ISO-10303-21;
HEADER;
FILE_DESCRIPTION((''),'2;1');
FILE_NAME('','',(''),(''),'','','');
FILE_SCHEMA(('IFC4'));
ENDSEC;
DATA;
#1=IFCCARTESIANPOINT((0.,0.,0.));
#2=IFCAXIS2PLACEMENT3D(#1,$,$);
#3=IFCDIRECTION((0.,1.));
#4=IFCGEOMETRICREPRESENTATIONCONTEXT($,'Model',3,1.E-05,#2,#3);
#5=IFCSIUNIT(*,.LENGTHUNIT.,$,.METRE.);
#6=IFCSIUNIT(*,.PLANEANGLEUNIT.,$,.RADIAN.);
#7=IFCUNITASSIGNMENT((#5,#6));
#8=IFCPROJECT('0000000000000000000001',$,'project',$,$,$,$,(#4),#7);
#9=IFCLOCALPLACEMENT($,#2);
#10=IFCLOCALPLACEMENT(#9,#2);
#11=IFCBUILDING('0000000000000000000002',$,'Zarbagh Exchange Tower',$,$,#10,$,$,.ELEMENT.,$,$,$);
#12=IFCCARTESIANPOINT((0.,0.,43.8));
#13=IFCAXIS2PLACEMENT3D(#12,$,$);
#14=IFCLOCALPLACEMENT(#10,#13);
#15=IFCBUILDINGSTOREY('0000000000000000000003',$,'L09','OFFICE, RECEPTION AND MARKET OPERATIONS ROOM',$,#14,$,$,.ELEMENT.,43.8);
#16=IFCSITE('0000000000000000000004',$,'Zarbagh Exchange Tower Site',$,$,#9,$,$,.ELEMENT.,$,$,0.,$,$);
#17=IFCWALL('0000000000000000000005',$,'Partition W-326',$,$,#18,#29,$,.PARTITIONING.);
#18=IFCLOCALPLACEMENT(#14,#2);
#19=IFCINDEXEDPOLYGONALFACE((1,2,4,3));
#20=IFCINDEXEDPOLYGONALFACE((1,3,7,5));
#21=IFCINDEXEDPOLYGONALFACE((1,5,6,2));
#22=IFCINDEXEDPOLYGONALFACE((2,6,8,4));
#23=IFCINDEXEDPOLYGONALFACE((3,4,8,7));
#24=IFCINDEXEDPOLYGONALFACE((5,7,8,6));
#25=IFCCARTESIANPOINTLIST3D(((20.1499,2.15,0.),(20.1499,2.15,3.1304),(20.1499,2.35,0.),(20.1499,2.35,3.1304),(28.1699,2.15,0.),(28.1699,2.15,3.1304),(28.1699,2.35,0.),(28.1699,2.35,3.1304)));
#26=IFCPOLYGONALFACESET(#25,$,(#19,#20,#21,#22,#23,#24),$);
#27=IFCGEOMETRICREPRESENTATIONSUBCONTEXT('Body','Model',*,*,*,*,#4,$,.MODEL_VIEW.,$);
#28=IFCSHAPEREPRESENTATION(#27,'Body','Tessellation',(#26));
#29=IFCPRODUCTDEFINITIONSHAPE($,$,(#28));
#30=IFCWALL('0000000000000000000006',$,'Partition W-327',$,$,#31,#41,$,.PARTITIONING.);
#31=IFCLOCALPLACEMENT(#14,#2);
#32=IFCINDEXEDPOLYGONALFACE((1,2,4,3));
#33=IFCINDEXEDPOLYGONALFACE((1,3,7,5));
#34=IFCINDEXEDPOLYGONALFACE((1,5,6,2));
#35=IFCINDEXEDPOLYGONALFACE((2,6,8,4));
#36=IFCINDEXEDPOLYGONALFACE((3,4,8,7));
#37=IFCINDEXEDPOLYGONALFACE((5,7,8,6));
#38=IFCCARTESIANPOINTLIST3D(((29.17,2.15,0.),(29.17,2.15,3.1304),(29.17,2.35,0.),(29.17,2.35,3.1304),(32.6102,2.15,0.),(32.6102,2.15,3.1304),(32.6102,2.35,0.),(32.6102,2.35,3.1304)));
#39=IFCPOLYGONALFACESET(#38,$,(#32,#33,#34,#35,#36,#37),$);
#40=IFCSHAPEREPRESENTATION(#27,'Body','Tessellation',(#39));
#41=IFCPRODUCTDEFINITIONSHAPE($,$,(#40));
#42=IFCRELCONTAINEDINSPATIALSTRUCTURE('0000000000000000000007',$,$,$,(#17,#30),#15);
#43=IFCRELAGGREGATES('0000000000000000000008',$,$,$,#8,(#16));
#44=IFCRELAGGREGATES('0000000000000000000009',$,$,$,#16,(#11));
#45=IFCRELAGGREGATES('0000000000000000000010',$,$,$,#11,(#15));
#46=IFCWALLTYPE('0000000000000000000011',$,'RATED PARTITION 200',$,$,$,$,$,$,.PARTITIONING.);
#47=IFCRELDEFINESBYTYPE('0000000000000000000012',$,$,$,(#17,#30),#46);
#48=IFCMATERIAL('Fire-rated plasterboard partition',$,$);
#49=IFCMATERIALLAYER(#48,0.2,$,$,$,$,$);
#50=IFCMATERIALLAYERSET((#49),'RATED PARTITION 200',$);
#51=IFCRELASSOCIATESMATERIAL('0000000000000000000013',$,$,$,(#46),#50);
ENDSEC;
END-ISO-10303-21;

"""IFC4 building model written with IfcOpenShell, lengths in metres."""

from ifc_helpers import new_model, si_unit, direction, frame, frame_2d, origin, place, context, subcontext, project, spatial, rectangle, extrude, material, layer, layer_set, type_object, element, save


model = new_model("IFC4")

# Units and contexts
model_context = context("Model", 3, precision=1e-05, world=origin(), true_north=direction((0.0, 1.0)))
body_context = subcontext(model_context, "Body", "Model", "MODEL_VIEW")
ifc_project = project(units=[si_unit("LENGTHUNIT", "METRE"), si_unit("PLANEANGLEUNIT", "RADIAN")], contexts=[model_context])

# Site, building, storey
site_placement = place(None, origin())
site = spatial("IfcSite", under=ifc_project, at=site_placement, Name="Zarbagh Exchange Tower Site", CompositionType="ELEMENT", RefElevation=0.0)
building_placement = place(site_placement, origin())
building = spatial("IfcBuilding", under=site, at=building_placement, Name="Zarbagh Exchange Tower", CompositionType="ELEMENT")
storey_placement = place(building_placement, frame((0.0, 0.0, 43.8)))
storey = spatial("IfcBuildingStorey", under=building, at=storey_placement, Name="L09", Description="OFFICE, RECEPTION AND MARKET OPERATIONS ROOM", CompositionType="ELEMENT", Elevation=43.8)

# Shared definitions
ifc_material_1 = material(Name="Fire-rated plasterboard partition")
ifc_layer = layer(ifc_material_1, 0.2)
ifc_layer_set = layer_set([ifc_layer], Name="RATED PARTITION 200")
wall_type = type_object("IfcWallType", Name="RATED PARTITION 200", PredefinedType="PARTITIONING", material=ifc_layer_set)

# Walls
wall_1_placement = place(storey_placement, frame((20.1499, 2.25, 0.0), z_axis=(0.0, 0.0, 1.0), x_axis=(1.0, 0.0, 0.0)))
element("IfcWall", 1, at=wall_1_placement, inside=storey, type_object=wall_type, Name="Partition W-326", PredefinedType="PARTITIONING", context=body_context, shape_type="SweptSolid", body=[
    extrude(rectangle(XDim=8.02, YDim=0.2, at=frame_2d((4.01, 0.0))), origin(), (0.0, 0.0, 1.0), 3.1304),
])
wall_2_placement = place(storey_placement, frame((29.1699, 2.25, 0.0), z_axis=(0.0, 0.0, 1.0), x_axis=(1.0, 0.0, 0.0)))
element("IfcWall", 2, at=wall_2_placement, inside=storey, type_object=wall_type, Name="Partition W-327", PredefinedType="PARTITIONING", context=body_context, shape_type="SweptSolid", body=[
    extrude(rectangle(XDim=3.4402, YDim=0.2, at=frame_2d((1.7202, 0.0))), origin(), (0.0, 0.0, 1.0), 3.1304),
])

save(model, "model.ifc")
